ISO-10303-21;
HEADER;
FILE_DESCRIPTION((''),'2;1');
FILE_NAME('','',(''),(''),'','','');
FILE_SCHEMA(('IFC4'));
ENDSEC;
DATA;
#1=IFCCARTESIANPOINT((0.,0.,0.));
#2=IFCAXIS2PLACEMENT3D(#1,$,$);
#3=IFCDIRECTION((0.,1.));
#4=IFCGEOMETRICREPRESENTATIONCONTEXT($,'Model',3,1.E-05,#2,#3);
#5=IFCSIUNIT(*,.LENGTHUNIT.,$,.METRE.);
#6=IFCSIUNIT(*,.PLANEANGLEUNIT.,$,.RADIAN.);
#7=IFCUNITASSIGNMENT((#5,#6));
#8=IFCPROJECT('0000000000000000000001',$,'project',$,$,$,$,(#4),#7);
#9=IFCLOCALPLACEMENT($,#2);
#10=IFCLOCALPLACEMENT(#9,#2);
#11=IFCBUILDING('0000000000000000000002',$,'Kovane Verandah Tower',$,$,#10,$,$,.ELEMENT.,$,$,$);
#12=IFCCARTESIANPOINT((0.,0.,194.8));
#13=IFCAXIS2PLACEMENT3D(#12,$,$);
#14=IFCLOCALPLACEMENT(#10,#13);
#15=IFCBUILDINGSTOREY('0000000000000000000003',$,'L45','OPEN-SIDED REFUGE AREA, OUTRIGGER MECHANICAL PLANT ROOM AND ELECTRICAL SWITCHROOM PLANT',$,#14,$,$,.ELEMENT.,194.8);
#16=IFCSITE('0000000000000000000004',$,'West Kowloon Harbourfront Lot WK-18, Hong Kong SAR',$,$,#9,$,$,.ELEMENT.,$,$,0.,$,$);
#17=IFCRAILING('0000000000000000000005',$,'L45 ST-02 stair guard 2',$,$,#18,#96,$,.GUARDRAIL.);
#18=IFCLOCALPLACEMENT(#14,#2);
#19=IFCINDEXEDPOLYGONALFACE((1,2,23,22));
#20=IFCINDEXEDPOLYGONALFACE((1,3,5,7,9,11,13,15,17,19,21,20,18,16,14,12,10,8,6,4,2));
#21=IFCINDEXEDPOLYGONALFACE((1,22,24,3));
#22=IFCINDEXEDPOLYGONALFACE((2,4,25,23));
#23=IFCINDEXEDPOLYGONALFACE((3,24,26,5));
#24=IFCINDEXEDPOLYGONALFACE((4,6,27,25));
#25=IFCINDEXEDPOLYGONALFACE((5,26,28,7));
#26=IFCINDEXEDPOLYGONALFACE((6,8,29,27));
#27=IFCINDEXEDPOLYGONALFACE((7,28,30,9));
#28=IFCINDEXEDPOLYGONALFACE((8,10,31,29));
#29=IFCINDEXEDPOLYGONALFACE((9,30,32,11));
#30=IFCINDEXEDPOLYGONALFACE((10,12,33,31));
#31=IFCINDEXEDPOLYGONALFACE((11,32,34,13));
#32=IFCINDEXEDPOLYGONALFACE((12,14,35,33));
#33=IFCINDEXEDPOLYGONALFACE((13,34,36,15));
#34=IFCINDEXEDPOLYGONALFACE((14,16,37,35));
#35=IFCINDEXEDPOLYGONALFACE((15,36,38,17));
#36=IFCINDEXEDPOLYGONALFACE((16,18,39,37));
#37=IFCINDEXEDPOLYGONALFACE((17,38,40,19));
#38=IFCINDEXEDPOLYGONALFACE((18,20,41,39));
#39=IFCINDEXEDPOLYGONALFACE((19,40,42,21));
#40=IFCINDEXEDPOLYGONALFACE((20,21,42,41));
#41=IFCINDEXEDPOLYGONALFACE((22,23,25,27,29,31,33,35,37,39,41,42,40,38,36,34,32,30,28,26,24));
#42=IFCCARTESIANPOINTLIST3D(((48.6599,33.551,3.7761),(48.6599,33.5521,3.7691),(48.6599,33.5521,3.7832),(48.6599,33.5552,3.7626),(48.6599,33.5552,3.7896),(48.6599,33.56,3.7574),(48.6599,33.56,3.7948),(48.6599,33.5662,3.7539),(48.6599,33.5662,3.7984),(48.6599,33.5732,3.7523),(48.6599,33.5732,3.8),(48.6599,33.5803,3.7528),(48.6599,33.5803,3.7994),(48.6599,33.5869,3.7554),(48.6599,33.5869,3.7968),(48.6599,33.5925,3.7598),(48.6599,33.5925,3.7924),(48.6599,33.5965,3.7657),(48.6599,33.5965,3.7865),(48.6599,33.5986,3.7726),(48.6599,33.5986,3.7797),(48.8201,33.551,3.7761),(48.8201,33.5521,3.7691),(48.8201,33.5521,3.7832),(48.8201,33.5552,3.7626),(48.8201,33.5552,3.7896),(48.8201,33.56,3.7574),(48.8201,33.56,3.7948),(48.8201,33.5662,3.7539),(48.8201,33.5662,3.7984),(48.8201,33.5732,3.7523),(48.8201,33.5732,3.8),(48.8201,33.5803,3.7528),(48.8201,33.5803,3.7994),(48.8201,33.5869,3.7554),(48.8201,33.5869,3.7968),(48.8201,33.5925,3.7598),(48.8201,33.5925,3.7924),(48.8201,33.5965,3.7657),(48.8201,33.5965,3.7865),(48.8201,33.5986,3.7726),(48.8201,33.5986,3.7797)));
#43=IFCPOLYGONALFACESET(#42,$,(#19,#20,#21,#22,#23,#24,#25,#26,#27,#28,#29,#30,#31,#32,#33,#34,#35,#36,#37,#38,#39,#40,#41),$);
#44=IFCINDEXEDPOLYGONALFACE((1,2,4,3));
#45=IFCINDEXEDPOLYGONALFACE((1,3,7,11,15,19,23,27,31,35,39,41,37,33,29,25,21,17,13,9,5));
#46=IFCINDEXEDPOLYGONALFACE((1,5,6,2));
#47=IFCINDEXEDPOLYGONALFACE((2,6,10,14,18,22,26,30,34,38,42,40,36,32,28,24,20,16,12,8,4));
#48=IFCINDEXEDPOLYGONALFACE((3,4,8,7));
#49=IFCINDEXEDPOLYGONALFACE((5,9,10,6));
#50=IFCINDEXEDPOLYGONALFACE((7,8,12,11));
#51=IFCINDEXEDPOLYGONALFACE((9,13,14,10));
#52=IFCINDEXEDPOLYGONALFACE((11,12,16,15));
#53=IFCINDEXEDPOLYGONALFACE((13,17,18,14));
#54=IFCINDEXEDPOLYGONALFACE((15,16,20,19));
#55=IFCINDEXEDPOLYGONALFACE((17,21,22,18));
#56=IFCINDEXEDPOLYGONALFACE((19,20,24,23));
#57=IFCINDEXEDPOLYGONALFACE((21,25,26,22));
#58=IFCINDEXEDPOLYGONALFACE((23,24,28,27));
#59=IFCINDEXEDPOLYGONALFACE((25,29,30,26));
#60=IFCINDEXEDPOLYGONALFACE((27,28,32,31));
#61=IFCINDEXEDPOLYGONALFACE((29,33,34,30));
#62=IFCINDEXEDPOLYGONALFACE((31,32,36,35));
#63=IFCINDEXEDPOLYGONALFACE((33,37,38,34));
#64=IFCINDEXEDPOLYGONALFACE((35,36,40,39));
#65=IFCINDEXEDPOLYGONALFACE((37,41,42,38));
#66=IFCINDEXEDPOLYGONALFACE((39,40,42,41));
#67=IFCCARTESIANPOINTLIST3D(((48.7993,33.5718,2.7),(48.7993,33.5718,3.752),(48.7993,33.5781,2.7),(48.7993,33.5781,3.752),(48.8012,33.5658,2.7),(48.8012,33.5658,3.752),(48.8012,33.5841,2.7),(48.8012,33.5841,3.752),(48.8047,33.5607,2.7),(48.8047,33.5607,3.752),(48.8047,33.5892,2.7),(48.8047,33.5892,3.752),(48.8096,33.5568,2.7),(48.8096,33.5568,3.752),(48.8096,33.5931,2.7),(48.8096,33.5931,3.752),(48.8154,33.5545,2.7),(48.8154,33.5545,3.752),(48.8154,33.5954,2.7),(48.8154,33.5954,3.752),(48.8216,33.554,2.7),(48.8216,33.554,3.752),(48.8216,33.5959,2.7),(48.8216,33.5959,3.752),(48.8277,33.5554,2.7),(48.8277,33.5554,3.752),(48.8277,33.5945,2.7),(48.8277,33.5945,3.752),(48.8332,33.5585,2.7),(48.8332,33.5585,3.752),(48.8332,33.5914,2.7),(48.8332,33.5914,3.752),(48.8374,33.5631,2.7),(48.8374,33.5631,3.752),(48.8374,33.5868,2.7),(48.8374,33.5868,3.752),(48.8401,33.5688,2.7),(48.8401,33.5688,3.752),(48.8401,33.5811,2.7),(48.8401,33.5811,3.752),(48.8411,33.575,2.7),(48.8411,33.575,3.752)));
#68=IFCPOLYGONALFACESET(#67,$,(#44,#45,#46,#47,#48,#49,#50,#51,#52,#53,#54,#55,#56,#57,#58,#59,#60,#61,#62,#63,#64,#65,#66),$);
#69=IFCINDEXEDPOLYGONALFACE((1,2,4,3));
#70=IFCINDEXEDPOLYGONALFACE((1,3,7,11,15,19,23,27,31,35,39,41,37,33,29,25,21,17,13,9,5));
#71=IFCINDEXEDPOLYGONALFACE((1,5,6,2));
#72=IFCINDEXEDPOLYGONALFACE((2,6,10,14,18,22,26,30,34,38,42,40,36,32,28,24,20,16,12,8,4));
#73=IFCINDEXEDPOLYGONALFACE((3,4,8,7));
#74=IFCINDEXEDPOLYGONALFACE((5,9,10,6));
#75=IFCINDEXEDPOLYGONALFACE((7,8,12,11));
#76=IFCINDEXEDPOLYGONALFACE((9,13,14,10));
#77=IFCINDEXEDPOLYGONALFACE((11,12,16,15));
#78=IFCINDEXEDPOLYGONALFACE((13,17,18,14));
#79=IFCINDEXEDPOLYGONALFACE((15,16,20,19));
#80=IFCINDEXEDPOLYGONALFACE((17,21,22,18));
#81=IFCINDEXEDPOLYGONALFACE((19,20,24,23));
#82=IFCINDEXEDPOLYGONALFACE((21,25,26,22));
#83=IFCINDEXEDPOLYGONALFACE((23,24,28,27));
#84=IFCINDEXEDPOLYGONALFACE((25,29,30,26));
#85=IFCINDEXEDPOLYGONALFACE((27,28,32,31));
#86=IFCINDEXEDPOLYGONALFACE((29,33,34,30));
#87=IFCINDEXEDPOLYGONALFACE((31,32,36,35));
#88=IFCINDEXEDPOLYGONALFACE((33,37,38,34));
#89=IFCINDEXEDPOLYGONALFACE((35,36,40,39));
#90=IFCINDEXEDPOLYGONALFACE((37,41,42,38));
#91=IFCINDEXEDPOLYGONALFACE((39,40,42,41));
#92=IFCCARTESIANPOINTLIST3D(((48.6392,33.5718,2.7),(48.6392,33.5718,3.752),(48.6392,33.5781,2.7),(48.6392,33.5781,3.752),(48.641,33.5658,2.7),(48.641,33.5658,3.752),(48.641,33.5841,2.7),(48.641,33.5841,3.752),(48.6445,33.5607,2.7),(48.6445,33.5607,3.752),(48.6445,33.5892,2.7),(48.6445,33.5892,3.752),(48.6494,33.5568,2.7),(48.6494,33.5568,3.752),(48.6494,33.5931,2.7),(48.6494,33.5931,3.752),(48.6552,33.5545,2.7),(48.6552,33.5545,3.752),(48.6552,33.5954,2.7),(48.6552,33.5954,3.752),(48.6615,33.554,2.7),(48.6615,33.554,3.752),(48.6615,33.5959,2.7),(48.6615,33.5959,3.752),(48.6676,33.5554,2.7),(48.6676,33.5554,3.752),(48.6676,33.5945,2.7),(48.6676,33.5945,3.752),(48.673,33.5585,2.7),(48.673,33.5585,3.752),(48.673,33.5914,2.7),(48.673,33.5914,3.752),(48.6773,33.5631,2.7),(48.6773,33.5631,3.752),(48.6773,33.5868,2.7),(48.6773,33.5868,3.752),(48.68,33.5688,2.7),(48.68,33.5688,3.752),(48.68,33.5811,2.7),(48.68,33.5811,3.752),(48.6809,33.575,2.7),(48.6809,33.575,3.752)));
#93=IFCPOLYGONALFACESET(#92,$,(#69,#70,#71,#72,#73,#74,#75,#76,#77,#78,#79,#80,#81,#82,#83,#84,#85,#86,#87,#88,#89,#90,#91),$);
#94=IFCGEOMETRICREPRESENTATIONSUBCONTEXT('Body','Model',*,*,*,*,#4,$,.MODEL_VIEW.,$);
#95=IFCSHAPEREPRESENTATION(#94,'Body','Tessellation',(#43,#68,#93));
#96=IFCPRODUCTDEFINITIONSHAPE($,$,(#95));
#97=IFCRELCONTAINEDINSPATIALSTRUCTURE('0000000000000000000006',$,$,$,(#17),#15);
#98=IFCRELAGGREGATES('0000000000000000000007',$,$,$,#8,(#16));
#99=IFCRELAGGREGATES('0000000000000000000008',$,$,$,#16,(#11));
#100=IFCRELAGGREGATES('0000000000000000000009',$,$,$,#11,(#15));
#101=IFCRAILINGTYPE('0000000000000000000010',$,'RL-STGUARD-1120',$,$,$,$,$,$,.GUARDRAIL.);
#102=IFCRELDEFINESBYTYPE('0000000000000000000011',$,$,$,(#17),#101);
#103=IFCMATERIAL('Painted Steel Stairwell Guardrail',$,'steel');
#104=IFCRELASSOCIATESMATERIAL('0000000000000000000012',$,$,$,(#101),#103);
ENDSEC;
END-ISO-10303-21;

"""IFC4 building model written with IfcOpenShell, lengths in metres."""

from ifc_helpers import new_model, si_unit, direction, frame, origin, origin_2d, place, context, subcontext, project, spatial, circle, extrude, material, type_object, element, save


model = new_model("IFC4")

# Units and contexts
model_context = context("Model", 3, precision=1e-05, world=origin(), true_north=direction((0.0, 1.0)))
body_context = subcontext(model_context, "Body", "Model", "MODEL_VIEW")
ifc_project = project(units=[si_unit("LENGTHUNIT", "METRE"), si_unit("PLANEANGLEUNIT", "RADIAN")], contexts=[model_context])

# Site, building, storey
site_placement = place(None, origin())
site = spatial("IfcSite", under=ifc_project, at=site_placement, Name="West Kowloon Harbourfront Lot WK-18, Hong Kong SAR", CompositionType="ELEMENT", RefElevation=0.0)
building_placement = place(site_placement, origin())
building = spatial("IfcBuilding", under=site, at=building_placement, Name="Kovane Verandah Tower", CompositionType="ELEMENT")
storey_placement = place(building_placement, frame((0.0, 0.0, 194.8)))
storey = spatial("IfcBuildingStorey", under=building, at=storey_placement, Name="L45", Description="OPEN-SIDED REFUGE AREA, OUTRIGGER MECHANICAL PLANT ROOM AND ELECTRICAL SWITCHROOM PLANT", CompositionType="ELEMENT", Elevation=194.8)

# Railing
ifc_material_1 = material(Name="Painted Steel Stairwell Guardrail", Category="steel")
railing_type_1 = type_object("IfcRailingType", Name="RL-STGUARD-1120", PredefinedType="GUARDRAIL", material=ifc_material_1)
railing_1_placement = place(storey_placement, frame((48.8201, 33.575, 2.7)))
element("IfcRailing", 1, at=railing_1_placement, inside=storey, type_object=railing_type_1, Name="L45 ST-02 stair guard 2", PredefinedType="GUARDRAIL", context=body_context, shape_type="SweptSolid", body=[
    extrude(circle(Radius=0.0239, at=origin_2d()), frame((0.0, 0.0, 1.0762), z_axis=(-1.0, 0.0, 0.0), x_axis=(0.0, -1.0, 0.0)), (0.0, 0.0, 1.0), 0.1602),
    extrude(circle(Radius=0.021, at=origin_2d()), origin(), (0.0, 0.0, 1.0), 1.052),
    extrude(circle(Radius=0.021, at=origin_2d()), frame((-0.1602, 0.0, 0.0)), (0.0, 0.0, 1.0), 1.052),
])

save(model, "model.ifc")
